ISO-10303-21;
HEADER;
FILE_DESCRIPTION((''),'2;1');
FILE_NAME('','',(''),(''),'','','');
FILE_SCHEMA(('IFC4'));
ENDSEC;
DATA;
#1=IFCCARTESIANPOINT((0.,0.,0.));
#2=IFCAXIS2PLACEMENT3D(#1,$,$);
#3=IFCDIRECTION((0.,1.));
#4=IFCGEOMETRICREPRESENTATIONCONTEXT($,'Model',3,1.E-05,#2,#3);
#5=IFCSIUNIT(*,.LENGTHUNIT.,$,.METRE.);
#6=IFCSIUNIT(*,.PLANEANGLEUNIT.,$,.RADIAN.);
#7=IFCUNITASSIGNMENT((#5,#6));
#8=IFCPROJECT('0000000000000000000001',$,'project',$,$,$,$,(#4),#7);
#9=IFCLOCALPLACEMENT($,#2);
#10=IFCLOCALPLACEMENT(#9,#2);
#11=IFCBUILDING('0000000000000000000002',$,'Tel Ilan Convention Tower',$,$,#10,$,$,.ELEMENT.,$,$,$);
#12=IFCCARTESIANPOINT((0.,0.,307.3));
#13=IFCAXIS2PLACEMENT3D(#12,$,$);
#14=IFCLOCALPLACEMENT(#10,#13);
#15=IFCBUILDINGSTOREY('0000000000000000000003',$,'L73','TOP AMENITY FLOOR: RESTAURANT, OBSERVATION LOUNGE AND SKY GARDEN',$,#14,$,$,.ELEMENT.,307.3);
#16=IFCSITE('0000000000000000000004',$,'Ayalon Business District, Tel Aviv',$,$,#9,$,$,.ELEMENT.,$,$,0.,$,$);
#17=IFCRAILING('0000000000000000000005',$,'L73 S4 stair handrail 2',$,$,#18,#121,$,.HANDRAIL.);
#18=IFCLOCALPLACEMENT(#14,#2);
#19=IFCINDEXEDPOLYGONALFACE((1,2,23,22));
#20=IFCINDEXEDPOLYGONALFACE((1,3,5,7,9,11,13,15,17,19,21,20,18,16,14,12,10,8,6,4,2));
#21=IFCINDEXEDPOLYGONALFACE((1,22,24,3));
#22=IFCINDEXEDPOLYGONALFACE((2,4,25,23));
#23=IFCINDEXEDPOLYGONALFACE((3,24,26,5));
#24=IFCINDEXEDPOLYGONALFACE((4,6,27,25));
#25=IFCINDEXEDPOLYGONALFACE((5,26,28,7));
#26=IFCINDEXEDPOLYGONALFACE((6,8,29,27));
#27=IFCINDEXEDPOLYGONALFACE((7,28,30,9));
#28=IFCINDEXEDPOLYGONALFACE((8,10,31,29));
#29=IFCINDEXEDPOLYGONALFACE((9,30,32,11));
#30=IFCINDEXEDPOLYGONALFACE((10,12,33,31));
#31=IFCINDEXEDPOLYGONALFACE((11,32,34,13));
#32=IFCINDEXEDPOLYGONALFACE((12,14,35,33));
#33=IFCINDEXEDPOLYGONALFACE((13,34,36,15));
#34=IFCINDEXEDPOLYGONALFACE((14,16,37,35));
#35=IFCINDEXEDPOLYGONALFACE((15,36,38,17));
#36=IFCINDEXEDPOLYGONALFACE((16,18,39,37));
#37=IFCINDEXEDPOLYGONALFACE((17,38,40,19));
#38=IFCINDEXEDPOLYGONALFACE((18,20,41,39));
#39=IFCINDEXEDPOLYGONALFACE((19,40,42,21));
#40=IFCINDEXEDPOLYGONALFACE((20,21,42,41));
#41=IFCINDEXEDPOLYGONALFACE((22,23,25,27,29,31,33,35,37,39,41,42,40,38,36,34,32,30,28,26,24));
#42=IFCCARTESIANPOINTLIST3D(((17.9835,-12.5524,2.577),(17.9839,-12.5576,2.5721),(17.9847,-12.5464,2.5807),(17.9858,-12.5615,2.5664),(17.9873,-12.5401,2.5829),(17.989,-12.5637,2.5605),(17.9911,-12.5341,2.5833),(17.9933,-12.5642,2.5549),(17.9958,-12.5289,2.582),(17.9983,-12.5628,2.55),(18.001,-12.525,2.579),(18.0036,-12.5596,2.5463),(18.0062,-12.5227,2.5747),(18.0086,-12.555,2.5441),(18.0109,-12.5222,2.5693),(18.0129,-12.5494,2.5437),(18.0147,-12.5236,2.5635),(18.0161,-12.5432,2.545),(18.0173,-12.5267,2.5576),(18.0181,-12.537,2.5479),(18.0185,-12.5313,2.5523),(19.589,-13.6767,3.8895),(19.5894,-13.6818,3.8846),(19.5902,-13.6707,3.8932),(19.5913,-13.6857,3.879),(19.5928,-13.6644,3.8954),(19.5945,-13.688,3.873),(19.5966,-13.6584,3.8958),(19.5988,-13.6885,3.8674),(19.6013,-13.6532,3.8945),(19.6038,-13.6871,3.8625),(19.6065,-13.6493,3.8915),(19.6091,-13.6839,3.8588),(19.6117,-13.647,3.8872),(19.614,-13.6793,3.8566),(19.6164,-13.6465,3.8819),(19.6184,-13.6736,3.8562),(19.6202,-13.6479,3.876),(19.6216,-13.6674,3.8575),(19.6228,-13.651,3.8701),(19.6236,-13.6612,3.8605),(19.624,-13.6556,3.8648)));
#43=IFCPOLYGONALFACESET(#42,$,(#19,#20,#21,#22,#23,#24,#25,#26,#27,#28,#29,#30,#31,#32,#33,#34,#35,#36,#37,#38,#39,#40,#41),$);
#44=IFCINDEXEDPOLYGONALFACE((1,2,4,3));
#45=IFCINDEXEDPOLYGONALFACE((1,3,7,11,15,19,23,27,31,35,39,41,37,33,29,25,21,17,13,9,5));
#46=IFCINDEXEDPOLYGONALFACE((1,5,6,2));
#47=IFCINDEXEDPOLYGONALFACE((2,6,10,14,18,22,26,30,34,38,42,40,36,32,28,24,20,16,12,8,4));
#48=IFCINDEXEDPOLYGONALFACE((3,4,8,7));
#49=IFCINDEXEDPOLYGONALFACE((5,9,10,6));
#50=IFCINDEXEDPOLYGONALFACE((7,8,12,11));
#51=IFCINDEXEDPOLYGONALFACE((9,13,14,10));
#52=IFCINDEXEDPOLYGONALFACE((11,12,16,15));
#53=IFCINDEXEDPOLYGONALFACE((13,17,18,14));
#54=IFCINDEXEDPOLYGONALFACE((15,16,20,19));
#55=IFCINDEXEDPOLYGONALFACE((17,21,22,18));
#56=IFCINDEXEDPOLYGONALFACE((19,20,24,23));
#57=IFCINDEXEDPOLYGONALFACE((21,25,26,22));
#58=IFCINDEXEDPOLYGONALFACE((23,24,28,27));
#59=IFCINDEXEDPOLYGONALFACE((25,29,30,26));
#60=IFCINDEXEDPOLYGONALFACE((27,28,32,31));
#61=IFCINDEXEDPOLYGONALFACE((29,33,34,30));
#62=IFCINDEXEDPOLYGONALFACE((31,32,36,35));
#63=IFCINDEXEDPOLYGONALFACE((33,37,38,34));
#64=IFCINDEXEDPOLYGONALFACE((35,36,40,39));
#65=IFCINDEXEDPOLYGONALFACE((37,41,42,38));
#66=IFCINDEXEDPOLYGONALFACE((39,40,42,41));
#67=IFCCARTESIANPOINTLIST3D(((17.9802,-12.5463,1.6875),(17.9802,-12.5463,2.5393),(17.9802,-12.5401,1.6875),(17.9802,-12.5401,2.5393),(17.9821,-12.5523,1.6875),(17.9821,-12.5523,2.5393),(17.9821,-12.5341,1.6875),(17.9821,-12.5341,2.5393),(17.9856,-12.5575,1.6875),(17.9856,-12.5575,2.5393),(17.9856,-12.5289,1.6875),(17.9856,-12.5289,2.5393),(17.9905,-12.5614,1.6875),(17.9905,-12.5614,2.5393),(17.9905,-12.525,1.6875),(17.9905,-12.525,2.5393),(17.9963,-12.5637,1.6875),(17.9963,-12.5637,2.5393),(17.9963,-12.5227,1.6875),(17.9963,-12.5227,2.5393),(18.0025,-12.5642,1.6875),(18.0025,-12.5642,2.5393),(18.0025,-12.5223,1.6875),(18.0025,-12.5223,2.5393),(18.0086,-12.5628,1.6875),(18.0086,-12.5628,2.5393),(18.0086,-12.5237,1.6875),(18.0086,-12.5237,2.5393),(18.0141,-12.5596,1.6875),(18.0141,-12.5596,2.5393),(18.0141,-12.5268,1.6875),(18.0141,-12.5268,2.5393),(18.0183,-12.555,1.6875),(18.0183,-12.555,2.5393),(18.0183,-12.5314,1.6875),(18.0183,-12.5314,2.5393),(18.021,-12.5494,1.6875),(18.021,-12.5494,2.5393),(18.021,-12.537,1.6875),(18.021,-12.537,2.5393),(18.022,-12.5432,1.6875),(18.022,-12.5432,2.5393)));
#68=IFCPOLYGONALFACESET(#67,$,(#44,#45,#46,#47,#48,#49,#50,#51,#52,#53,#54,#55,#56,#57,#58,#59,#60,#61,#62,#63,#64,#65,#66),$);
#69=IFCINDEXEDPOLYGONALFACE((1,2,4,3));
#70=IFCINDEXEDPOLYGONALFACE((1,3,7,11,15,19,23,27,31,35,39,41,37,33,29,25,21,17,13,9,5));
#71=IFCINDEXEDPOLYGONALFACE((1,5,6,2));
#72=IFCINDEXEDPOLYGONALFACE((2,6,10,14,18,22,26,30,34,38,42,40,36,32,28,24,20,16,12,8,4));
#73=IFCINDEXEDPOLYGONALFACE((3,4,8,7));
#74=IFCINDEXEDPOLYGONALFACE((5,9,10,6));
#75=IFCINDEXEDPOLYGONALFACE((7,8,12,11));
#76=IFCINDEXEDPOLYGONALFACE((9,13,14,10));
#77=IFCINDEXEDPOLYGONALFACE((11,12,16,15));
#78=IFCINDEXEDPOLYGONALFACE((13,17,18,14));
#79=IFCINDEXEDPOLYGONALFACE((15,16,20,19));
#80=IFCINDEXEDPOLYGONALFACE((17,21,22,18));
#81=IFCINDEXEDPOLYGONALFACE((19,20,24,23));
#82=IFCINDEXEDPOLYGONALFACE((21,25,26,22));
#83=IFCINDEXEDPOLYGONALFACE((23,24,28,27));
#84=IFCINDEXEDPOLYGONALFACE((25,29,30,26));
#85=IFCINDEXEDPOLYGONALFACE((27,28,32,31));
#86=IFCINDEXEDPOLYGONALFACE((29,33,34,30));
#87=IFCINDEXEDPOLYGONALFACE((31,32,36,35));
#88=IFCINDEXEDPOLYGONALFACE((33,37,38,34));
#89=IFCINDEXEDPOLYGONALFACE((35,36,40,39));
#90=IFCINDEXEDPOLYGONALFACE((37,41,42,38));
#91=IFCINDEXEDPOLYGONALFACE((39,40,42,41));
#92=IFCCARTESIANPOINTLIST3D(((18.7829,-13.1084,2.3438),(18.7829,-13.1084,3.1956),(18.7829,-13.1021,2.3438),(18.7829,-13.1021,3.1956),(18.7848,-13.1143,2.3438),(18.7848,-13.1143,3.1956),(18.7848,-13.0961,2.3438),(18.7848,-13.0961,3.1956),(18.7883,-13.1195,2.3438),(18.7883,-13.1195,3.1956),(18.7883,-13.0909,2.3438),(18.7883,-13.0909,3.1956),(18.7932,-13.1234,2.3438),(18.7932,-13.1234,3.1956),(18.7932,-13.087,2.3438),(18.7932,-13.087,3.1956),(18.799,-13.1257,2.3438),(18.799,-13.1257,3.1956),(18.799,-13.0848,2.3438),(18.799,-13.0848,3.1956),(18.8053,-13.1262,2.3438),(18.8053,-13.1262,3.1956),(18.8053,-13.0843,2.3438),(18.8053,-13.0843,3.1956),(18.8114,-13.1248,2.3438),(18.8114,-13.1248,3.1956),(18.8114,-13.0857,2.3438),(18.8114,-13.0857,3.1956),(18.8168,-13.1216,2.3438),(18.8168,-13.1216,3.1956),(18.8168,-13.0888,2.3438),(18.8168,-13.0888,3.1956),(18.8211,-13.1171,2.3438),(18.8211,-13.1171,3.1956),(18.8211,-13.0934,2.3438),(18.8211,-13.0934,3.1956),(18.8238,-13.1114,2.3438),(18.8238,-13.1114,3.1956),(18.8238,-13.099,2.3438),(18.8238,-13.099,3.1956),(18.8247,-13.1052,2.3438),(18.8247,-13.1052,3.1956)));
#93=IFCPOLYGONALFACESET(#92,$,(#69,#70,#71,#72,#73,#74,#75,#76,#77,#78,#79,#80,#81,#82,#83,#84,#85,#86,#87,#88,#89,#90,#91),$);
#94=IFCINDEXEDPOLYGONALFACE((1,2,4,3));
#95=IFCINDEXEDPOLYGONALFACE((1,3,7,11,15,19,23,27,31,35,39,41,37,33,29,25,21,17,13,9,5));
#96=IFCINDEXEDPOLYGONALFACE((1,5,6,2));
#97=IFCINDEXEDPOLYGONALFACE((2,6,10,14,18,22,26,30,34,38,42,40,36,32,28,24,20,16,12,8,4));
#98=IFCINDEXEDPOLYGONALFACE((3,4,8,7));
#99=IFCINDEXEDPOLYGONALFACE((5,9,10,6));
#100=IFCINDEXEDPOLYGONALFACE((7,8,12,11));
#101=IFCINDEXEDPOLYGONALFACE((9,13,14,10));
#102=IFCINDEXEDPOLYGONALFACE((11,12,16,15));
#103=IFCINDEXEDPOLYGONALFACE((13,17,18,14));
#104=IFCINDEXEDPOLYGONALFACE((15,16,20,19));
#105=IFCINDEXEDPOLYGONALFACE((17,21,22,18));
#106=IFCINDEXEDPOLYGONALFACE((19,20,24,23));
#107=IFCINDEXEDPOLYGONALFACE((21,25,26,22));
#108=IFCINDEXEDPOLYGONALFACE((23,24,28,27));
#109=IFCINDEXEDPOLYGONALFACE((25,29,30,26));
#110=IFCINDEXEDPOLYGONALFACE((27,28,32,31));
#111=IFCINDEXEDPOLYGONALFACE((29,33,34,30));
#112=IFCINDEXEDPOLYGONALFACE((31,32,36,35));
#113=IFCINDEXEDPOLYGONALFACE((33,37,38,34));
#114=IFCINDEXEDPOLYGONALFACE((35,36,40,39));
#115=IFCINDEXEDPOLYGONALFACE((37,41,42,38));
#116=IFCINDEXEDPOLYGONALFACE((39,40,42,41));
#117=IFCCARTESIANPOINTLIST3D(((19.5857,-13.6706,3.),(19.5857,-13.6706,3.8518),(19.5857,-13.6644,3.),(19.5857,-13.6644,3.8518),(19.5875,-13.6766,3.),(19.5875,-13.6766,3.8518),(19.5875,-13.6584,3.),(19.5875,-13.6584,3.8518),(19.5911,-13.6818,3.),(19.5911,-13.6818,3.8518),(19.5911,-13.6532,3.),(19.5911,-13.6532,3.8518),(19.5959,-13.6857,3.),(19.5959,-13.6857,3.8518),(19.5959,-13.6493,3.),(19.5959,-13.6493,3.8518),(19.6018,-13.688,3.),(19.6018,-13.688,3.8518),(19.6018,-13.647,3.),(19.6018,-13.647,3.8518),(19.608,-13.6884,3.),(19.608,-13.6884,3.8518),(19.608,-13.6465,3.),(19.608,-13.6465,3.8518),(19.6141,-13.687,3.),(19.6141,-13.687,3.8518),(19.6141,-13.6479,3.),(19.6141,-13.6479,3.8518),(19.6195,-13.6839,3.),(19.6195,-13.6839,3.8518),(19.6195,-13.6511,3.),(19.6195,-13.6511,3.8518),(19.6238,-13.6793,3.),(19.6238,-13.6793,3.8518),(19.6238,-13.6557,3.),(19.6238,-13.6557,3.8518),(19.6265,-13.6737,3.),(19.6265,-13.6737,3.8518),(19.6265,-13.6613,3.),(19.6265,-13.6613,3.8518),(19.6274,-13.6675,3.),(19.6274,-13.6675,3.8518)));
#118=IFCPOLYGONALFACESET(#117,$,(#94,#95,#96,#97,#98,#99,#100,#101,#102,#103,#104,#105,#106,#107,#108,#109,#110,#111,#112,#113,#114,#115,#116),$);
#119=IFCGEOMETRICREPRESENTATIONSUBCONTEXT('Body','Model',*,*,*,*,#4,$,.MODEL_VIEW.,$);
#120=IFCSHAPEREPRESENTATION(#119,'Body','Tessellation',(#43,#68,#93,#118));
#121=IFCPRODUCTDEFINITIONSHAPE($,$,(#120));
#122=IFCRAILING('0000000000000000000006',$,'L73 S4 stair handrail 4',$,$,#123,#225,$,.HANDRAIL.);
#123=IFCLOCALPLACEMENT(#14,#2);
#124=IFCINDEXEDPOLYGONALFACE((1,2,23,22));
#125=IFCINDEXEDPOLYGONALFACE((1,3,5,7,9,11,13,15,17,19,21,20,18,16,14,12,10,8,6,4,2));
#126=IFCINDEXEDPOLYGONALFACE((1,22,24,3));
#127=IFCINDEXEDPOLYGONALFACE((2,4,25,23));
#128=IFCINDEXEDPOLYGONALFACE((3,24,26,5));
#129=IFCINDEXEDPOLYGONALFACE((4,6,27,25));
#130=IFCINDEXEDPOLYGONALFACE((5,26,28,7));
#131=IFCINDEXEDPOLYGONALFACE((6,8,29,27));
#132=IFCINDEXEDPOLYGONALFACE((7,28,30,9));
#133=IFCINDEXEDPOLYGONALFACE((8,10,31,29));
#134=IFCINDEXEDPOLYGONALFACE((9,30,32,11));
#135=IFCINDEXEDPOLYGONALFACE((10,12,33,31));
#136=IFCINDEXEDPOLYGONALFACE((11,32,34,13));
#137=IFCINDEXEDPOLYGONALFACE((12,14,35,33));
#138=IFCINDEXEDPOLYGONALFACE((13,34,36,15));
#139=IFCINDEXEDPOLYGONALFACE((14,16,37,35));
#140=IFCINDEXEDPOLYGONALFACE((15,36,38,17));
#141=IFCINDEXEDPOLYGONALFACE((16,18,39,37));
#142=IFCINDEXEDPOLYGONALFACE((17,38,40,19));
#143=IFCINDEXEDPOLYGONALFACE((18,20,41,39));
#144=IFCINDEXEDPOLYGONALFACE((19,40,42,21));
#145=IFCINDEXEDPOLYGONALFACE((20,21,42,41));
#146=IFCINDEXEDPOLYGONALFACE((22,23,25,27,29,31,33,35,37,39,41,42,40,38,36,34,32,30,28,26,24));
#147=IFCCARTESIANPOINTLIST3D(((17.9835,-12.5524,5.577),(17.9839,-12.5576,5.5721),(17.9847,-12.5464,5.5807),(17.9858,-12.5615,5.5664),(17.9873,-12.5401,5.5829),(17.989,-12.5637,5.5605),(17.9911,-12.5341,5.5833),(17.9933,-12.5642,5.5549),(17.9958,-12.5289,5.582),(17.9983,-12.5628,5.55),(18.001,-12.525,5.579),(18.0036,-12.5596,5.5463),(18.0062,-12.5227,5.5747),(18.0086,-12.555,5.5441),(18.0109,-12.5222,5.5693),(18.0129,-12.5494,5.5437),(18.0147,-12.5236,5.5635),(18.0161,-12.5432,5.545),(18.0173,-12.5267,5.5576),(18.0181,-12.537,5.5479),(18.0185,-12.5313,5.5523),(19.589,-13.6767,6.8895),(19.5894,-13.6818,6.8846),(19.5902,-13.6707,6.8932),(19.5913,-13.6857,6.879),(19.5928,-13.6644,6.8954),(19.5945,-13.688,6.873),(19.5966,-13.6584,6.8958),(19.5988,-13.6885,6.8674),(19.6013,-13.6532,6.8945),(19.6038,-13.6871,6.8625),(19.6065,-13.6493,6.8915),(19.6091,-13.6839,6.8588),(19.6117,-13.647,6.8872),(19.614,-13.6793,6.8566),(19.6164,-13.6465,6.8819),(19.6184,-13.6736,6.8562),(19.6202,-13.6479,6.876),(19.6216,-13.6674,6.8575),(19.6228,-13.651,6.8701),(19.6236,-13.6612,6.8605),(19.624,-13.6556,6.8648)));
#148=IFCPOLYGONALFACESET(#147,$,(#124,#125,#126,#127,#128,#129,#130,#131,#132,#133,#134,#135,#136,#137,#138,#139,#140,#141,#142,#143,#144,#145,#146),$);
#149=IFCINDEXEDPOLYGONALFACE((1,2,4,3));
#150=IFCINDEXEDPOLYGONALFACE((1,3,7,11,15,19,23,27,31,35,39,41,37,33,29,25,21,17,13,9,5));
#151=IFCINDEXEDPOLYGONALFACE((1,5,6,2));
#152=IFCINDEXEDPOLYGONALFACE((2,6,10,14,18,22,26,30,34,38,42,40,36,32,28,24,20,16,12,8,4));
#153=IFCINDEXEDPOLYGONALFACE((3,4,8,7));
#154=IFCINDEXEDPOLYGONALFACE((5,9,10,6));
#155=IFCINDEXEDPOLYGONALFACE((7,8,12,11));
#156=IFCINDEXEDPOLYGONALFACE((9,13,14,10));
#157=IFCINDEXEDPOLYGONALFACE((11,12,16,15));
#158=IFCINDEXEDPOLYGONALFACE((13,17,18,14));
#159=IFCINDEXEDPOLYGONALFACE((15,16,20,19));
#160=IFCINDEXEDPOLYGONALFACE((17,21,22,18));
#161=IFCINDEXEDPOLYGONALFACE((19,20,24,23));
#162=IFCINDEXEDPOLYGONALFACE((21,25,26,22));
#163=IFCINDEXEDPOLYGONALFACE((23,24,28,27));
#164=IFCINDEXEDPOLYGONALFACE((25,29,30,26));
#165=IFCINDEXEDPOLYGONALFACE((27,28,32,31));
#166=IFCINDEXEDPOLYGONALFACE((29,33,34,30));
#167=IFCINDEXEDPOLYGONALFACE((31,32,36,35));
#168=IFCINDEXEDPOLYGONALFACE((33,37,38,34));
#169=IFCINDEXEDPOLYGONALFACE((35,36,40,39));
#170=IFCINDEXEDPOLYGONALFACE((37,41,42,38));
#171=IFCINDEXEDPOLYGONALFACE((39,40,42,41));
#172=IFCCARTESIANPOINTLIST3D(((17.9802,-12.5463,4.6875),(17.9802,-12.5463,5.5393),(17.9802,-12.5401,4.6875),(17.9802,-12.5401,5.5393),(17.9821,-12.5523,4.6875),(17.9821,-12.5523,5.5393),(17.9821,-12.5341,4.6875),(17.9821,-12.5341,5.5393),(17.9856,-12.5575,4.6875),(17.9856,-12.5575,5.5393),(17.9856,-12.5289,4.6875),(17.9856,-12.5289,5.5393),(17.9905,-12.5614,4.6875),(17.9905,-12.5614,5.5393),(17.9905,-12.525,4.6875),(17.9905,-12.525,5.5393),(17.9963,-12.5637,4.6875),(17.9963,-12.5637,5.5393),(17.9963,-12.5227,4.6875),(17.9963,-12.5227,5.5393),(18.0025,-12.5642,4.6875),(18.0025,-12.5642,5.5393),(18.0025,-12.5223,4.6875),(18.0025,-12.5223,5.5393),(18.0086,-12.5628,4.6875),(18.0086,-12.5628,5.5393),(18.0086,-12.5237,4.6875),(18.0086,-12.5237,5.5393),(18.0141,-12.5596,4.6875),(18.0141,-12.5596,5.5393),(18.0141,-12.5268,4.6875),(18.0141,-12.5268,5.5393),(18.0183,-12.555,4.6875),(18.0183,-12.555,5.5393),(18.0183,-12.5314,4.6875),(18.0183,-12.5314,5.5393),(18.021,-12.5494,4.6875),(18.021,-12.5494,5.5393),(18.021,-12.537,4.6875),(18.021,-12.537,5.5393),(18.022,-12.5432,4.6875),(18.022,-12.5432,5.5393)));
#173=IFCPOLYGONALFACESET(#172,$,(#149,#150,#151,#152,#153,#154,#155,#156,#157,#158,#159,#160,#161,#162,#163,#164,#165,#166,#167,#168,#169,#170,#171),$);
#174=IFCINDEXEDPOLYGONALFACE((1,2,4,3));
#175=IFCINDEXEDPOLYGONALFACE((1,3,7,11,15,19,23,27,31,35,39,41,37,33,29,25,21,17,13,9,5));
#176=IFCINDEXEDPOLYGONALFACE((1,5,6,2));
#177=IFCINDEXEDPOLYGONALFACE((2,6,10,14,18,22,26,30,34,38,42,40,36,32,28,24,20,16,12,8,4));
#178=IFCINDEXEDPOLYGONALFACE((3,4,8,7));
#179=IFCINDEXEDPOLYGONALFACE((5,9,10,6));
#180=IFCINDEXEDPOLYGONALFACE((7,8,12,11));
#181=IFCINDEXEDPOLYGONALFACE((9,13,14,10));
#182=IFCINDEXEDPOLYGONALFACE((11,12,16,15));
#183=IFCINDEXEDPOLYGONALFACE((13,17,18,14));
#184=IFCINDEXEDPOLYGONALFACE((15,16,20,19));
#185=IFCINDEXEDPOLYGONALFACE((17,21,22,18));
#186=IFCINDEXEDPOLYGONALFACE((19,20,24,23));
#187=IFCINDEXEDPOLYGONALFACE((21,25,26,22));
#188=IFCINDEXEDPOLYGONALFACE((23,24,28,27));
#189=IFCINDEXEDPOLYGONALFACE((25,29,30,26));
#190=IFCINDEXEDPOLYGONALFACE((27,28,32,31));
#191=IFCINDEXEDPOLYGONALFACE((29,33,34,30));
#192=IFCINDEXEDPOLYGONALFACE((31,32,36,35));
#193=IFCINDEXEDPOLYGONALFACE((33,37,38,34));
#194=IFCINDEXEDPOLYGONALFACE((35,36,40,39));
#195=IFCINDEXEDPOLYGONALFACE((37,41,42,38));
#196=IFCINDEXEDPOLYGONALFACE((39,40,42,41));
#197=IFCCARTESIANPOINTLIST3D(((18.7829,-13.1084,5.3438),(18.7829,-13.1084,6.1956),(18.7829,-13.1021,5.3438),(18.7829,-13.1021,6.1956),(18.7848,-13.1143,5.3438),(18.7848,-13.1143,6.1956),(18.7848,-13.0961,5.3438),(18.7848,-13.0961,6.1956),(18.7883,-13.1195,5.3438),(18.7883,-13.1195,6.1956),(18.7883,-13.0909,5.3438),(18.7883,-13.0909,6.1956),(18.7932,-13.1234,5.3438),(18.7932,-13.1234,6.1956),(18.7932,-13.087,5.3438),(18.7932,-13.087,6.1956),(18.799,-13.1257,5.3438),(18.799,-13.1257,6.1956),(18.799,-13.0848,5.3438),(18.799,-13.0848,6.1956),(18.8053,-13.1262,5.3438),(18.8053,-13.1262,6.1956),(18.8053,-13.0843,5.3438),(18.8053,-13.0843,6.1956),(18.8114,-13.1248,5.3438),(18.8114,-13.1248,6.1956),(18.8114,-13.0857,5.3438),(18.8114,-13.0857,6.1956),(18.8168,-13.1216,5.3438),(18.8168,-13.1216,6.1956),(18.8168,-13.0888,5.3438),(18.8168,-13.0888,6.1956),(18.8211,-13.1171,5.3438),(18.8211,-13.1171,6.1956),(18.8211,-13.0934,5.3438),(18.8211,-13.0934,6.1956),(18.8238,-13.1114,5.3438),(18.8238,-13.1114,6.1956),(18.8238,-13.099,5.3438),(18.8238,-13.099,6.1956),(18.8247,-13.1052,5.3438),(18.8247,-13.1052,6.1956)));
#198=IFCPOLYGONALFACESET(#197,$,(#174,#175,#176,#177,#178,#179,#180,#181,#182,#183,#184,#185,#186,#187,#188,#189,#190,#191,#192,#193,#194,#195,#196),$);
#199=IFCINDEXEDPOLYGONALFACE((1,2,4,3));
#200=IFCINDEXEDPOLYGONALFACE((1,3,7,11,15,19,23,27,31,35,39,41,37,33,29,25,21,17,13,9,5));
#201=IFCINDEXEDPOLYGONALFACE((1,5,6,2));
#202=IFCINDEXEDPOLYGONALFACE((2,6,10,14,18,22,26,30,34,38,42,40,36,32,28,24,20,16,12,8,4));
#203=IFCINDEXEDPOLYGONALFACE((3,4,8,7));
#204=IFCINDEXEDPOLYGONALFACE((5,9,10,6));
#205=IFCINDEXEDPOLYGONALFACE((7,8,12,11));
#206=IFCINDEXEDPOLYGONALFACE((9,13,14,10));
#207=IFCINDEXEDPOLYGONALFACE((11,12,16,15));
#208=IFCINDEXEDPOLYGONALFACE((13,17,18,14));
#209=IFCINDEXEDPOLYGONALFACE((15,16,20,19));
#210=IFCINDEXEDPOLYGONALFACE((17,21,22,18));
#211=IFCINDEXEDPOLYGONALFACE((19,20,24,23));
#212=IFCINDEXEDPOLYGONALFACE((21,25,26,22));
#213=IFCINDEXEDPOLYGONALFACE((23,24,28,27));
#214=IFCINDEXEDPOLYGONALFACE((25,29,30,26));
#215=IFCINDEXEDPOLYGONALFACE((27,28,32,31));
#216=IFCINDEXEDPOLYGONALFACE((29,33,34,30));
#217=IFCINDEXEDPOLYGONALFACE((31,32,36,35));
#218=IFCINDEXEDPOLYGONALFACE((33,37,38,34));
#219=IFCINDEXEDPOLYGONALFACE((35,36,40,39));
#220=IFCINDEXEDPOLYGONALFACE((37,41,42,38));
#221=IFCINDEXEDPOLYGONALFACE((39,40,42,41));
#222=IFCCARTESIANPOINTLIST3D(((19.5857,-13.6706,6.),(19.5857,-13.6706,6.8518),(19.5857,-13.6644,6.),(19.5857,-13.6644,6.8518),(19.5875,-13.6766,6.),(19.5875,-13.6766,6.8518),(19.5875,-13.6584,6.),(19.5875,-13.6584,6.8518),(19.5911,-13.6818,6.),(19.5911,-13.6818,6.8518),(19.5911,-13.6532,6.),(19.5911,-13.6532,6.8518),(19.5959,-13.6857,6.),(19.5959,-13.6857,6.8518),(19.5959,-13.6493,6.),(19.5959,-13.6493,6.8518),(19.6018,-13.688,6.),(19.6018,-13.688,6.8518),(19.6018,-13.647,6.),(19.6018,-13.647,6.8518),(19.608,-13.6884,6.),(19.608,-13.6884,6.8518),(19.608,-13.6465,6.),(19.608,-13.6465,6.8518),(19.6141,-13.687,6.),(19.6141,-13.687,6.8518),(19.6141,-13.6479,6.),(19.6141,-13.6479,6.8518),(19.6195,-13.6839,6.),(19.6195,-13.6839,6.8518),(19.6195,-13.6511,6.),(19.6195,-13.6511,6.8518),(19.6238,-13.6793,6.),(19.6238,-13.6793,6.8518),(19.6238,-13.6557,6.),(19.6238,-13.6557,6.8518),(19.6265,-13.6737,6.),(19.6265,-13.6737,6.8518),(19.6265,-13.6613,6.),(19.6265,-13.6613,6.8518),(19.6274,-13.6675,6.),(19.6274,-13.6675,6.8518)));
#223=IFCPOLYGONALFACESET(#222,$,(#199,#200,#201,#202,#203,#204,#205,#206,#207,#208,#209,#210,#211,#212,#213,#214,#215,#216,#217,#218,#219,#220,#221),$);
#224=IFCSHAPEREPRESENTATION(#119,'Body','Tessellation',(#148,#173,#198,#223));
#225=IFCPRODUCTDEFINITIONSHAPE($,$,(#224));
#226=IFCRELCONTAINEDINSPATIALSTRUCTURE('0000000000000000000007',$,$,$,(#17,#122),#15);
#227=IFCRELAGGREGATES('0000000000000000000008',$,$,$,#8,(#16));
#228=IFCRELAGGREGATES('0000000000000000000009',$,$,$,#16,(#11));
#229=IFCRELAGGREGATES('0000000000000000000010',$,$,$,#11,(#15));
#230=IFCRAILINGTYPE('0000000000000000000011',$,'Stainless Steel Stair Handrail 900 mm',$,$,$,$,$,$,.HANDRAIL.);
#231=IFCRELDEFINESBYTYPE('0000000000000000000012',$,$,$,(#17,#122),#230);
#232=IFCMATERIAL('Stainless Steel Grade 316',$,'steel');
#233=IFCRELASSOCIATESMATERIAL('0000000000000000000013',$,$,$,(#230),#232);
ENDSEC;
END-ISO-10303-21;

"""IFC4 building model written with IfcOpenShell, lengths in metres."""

from ifc_helpers import new_model, si_unit, direction, frame, origin, origin_2d, place, context, subcontext, project, spatial, circle, extrude, material, type_object, element, save


model = new_model("IFC4")

# Units and contexts
model_context = context("Model", 3, precision=1e-05, world=origin(), true_north=direction((0.0, 1.0)))
body_context = subcontext(model_context, "Body", "Model", "MODEL_VIEW")
ifc_project = project(units=[si_unit("LENGTHUNIT", "METRE"), si_unit("PLANEANGLEUNIT", "RADIAN")], contexts=[model_context])

# Site, building, storey
site_placement = place(None, origin())
site = spatial("IfcSite", under=ifc_project, at=site_placement, Name="Ayalon Business District, Tel Aviv", CompositionType="ELEMENT", RefElevation=0.0)
building_placement = place(site_placement, origin())
building = spatial("IfcBuilding", under=site, at=building_placement, Name="Tel Ilan Convention Tower", CompositionType="ELEMENT")
storey_placement = place(building_placement, frame((0.0, 0.0, 307.3)))
storey = spatial("IfcBuildingStorey", under=building, at=storey_placement, Name="L73", Description="TOP AMENITY FLOOR: RESTAURANT, OBSERVATION LOUNGE AND SKY GARDEN", CompositionType="ELEMENT", Elevation=307.3)

# Railings
ifc_material_1 = material(Name="Stainless Steel Grade 316", Category="steel")
railing_type_1 = type_object("IfcRailingType", Name="Stainless Steel Stair Handrail 900 mm", PredefinedType="HANDRAIL", material=ifc_material_1)
for number, where, name in (
    (1, (18.001, -12.5432, 1.6875), "L73 S4 stair handrail 2"),
    (2, (18.001, -12.5432, 4.6875), "L73 S4 stair handrail 4"),
):
    element("IfcRailing", number, at=place(storey_placement, frame(where)), inside=storey, type_object=railing_type_1, Name=name, PredefinedType="HANDRAIL", context=body_context, shape_type="SweptSolid", body=[
        extrude(circle(Radius=0.0239, at=origin_2d()), frame((0.0, 0.0, 0.876), z_axis=(0.680616, -0.476617, 0.556416), x_axis=(0.573613, 0.819127, 0.0)), (0.0, 0.0, 1.0), 2.3589),
        extrude(circle(Radius=0.021, at=origin_2d()), origin(), (0.0, 0.0, 1.0), 0.8518),
        extrude(circle(Radius=0.021, at=origin_2d()), frame((0.8027, -0.562, 0.6562)), (0.0, 0.0, 1.0), 0.8518),
        extrude(circle(Radius=0.021, at=origin_2d()), frame((1.6055, -1.1243, 1.3125)), (0.0, 0.0, 1.0), 0.8518),
    ])

save(model, "model.ifc")
